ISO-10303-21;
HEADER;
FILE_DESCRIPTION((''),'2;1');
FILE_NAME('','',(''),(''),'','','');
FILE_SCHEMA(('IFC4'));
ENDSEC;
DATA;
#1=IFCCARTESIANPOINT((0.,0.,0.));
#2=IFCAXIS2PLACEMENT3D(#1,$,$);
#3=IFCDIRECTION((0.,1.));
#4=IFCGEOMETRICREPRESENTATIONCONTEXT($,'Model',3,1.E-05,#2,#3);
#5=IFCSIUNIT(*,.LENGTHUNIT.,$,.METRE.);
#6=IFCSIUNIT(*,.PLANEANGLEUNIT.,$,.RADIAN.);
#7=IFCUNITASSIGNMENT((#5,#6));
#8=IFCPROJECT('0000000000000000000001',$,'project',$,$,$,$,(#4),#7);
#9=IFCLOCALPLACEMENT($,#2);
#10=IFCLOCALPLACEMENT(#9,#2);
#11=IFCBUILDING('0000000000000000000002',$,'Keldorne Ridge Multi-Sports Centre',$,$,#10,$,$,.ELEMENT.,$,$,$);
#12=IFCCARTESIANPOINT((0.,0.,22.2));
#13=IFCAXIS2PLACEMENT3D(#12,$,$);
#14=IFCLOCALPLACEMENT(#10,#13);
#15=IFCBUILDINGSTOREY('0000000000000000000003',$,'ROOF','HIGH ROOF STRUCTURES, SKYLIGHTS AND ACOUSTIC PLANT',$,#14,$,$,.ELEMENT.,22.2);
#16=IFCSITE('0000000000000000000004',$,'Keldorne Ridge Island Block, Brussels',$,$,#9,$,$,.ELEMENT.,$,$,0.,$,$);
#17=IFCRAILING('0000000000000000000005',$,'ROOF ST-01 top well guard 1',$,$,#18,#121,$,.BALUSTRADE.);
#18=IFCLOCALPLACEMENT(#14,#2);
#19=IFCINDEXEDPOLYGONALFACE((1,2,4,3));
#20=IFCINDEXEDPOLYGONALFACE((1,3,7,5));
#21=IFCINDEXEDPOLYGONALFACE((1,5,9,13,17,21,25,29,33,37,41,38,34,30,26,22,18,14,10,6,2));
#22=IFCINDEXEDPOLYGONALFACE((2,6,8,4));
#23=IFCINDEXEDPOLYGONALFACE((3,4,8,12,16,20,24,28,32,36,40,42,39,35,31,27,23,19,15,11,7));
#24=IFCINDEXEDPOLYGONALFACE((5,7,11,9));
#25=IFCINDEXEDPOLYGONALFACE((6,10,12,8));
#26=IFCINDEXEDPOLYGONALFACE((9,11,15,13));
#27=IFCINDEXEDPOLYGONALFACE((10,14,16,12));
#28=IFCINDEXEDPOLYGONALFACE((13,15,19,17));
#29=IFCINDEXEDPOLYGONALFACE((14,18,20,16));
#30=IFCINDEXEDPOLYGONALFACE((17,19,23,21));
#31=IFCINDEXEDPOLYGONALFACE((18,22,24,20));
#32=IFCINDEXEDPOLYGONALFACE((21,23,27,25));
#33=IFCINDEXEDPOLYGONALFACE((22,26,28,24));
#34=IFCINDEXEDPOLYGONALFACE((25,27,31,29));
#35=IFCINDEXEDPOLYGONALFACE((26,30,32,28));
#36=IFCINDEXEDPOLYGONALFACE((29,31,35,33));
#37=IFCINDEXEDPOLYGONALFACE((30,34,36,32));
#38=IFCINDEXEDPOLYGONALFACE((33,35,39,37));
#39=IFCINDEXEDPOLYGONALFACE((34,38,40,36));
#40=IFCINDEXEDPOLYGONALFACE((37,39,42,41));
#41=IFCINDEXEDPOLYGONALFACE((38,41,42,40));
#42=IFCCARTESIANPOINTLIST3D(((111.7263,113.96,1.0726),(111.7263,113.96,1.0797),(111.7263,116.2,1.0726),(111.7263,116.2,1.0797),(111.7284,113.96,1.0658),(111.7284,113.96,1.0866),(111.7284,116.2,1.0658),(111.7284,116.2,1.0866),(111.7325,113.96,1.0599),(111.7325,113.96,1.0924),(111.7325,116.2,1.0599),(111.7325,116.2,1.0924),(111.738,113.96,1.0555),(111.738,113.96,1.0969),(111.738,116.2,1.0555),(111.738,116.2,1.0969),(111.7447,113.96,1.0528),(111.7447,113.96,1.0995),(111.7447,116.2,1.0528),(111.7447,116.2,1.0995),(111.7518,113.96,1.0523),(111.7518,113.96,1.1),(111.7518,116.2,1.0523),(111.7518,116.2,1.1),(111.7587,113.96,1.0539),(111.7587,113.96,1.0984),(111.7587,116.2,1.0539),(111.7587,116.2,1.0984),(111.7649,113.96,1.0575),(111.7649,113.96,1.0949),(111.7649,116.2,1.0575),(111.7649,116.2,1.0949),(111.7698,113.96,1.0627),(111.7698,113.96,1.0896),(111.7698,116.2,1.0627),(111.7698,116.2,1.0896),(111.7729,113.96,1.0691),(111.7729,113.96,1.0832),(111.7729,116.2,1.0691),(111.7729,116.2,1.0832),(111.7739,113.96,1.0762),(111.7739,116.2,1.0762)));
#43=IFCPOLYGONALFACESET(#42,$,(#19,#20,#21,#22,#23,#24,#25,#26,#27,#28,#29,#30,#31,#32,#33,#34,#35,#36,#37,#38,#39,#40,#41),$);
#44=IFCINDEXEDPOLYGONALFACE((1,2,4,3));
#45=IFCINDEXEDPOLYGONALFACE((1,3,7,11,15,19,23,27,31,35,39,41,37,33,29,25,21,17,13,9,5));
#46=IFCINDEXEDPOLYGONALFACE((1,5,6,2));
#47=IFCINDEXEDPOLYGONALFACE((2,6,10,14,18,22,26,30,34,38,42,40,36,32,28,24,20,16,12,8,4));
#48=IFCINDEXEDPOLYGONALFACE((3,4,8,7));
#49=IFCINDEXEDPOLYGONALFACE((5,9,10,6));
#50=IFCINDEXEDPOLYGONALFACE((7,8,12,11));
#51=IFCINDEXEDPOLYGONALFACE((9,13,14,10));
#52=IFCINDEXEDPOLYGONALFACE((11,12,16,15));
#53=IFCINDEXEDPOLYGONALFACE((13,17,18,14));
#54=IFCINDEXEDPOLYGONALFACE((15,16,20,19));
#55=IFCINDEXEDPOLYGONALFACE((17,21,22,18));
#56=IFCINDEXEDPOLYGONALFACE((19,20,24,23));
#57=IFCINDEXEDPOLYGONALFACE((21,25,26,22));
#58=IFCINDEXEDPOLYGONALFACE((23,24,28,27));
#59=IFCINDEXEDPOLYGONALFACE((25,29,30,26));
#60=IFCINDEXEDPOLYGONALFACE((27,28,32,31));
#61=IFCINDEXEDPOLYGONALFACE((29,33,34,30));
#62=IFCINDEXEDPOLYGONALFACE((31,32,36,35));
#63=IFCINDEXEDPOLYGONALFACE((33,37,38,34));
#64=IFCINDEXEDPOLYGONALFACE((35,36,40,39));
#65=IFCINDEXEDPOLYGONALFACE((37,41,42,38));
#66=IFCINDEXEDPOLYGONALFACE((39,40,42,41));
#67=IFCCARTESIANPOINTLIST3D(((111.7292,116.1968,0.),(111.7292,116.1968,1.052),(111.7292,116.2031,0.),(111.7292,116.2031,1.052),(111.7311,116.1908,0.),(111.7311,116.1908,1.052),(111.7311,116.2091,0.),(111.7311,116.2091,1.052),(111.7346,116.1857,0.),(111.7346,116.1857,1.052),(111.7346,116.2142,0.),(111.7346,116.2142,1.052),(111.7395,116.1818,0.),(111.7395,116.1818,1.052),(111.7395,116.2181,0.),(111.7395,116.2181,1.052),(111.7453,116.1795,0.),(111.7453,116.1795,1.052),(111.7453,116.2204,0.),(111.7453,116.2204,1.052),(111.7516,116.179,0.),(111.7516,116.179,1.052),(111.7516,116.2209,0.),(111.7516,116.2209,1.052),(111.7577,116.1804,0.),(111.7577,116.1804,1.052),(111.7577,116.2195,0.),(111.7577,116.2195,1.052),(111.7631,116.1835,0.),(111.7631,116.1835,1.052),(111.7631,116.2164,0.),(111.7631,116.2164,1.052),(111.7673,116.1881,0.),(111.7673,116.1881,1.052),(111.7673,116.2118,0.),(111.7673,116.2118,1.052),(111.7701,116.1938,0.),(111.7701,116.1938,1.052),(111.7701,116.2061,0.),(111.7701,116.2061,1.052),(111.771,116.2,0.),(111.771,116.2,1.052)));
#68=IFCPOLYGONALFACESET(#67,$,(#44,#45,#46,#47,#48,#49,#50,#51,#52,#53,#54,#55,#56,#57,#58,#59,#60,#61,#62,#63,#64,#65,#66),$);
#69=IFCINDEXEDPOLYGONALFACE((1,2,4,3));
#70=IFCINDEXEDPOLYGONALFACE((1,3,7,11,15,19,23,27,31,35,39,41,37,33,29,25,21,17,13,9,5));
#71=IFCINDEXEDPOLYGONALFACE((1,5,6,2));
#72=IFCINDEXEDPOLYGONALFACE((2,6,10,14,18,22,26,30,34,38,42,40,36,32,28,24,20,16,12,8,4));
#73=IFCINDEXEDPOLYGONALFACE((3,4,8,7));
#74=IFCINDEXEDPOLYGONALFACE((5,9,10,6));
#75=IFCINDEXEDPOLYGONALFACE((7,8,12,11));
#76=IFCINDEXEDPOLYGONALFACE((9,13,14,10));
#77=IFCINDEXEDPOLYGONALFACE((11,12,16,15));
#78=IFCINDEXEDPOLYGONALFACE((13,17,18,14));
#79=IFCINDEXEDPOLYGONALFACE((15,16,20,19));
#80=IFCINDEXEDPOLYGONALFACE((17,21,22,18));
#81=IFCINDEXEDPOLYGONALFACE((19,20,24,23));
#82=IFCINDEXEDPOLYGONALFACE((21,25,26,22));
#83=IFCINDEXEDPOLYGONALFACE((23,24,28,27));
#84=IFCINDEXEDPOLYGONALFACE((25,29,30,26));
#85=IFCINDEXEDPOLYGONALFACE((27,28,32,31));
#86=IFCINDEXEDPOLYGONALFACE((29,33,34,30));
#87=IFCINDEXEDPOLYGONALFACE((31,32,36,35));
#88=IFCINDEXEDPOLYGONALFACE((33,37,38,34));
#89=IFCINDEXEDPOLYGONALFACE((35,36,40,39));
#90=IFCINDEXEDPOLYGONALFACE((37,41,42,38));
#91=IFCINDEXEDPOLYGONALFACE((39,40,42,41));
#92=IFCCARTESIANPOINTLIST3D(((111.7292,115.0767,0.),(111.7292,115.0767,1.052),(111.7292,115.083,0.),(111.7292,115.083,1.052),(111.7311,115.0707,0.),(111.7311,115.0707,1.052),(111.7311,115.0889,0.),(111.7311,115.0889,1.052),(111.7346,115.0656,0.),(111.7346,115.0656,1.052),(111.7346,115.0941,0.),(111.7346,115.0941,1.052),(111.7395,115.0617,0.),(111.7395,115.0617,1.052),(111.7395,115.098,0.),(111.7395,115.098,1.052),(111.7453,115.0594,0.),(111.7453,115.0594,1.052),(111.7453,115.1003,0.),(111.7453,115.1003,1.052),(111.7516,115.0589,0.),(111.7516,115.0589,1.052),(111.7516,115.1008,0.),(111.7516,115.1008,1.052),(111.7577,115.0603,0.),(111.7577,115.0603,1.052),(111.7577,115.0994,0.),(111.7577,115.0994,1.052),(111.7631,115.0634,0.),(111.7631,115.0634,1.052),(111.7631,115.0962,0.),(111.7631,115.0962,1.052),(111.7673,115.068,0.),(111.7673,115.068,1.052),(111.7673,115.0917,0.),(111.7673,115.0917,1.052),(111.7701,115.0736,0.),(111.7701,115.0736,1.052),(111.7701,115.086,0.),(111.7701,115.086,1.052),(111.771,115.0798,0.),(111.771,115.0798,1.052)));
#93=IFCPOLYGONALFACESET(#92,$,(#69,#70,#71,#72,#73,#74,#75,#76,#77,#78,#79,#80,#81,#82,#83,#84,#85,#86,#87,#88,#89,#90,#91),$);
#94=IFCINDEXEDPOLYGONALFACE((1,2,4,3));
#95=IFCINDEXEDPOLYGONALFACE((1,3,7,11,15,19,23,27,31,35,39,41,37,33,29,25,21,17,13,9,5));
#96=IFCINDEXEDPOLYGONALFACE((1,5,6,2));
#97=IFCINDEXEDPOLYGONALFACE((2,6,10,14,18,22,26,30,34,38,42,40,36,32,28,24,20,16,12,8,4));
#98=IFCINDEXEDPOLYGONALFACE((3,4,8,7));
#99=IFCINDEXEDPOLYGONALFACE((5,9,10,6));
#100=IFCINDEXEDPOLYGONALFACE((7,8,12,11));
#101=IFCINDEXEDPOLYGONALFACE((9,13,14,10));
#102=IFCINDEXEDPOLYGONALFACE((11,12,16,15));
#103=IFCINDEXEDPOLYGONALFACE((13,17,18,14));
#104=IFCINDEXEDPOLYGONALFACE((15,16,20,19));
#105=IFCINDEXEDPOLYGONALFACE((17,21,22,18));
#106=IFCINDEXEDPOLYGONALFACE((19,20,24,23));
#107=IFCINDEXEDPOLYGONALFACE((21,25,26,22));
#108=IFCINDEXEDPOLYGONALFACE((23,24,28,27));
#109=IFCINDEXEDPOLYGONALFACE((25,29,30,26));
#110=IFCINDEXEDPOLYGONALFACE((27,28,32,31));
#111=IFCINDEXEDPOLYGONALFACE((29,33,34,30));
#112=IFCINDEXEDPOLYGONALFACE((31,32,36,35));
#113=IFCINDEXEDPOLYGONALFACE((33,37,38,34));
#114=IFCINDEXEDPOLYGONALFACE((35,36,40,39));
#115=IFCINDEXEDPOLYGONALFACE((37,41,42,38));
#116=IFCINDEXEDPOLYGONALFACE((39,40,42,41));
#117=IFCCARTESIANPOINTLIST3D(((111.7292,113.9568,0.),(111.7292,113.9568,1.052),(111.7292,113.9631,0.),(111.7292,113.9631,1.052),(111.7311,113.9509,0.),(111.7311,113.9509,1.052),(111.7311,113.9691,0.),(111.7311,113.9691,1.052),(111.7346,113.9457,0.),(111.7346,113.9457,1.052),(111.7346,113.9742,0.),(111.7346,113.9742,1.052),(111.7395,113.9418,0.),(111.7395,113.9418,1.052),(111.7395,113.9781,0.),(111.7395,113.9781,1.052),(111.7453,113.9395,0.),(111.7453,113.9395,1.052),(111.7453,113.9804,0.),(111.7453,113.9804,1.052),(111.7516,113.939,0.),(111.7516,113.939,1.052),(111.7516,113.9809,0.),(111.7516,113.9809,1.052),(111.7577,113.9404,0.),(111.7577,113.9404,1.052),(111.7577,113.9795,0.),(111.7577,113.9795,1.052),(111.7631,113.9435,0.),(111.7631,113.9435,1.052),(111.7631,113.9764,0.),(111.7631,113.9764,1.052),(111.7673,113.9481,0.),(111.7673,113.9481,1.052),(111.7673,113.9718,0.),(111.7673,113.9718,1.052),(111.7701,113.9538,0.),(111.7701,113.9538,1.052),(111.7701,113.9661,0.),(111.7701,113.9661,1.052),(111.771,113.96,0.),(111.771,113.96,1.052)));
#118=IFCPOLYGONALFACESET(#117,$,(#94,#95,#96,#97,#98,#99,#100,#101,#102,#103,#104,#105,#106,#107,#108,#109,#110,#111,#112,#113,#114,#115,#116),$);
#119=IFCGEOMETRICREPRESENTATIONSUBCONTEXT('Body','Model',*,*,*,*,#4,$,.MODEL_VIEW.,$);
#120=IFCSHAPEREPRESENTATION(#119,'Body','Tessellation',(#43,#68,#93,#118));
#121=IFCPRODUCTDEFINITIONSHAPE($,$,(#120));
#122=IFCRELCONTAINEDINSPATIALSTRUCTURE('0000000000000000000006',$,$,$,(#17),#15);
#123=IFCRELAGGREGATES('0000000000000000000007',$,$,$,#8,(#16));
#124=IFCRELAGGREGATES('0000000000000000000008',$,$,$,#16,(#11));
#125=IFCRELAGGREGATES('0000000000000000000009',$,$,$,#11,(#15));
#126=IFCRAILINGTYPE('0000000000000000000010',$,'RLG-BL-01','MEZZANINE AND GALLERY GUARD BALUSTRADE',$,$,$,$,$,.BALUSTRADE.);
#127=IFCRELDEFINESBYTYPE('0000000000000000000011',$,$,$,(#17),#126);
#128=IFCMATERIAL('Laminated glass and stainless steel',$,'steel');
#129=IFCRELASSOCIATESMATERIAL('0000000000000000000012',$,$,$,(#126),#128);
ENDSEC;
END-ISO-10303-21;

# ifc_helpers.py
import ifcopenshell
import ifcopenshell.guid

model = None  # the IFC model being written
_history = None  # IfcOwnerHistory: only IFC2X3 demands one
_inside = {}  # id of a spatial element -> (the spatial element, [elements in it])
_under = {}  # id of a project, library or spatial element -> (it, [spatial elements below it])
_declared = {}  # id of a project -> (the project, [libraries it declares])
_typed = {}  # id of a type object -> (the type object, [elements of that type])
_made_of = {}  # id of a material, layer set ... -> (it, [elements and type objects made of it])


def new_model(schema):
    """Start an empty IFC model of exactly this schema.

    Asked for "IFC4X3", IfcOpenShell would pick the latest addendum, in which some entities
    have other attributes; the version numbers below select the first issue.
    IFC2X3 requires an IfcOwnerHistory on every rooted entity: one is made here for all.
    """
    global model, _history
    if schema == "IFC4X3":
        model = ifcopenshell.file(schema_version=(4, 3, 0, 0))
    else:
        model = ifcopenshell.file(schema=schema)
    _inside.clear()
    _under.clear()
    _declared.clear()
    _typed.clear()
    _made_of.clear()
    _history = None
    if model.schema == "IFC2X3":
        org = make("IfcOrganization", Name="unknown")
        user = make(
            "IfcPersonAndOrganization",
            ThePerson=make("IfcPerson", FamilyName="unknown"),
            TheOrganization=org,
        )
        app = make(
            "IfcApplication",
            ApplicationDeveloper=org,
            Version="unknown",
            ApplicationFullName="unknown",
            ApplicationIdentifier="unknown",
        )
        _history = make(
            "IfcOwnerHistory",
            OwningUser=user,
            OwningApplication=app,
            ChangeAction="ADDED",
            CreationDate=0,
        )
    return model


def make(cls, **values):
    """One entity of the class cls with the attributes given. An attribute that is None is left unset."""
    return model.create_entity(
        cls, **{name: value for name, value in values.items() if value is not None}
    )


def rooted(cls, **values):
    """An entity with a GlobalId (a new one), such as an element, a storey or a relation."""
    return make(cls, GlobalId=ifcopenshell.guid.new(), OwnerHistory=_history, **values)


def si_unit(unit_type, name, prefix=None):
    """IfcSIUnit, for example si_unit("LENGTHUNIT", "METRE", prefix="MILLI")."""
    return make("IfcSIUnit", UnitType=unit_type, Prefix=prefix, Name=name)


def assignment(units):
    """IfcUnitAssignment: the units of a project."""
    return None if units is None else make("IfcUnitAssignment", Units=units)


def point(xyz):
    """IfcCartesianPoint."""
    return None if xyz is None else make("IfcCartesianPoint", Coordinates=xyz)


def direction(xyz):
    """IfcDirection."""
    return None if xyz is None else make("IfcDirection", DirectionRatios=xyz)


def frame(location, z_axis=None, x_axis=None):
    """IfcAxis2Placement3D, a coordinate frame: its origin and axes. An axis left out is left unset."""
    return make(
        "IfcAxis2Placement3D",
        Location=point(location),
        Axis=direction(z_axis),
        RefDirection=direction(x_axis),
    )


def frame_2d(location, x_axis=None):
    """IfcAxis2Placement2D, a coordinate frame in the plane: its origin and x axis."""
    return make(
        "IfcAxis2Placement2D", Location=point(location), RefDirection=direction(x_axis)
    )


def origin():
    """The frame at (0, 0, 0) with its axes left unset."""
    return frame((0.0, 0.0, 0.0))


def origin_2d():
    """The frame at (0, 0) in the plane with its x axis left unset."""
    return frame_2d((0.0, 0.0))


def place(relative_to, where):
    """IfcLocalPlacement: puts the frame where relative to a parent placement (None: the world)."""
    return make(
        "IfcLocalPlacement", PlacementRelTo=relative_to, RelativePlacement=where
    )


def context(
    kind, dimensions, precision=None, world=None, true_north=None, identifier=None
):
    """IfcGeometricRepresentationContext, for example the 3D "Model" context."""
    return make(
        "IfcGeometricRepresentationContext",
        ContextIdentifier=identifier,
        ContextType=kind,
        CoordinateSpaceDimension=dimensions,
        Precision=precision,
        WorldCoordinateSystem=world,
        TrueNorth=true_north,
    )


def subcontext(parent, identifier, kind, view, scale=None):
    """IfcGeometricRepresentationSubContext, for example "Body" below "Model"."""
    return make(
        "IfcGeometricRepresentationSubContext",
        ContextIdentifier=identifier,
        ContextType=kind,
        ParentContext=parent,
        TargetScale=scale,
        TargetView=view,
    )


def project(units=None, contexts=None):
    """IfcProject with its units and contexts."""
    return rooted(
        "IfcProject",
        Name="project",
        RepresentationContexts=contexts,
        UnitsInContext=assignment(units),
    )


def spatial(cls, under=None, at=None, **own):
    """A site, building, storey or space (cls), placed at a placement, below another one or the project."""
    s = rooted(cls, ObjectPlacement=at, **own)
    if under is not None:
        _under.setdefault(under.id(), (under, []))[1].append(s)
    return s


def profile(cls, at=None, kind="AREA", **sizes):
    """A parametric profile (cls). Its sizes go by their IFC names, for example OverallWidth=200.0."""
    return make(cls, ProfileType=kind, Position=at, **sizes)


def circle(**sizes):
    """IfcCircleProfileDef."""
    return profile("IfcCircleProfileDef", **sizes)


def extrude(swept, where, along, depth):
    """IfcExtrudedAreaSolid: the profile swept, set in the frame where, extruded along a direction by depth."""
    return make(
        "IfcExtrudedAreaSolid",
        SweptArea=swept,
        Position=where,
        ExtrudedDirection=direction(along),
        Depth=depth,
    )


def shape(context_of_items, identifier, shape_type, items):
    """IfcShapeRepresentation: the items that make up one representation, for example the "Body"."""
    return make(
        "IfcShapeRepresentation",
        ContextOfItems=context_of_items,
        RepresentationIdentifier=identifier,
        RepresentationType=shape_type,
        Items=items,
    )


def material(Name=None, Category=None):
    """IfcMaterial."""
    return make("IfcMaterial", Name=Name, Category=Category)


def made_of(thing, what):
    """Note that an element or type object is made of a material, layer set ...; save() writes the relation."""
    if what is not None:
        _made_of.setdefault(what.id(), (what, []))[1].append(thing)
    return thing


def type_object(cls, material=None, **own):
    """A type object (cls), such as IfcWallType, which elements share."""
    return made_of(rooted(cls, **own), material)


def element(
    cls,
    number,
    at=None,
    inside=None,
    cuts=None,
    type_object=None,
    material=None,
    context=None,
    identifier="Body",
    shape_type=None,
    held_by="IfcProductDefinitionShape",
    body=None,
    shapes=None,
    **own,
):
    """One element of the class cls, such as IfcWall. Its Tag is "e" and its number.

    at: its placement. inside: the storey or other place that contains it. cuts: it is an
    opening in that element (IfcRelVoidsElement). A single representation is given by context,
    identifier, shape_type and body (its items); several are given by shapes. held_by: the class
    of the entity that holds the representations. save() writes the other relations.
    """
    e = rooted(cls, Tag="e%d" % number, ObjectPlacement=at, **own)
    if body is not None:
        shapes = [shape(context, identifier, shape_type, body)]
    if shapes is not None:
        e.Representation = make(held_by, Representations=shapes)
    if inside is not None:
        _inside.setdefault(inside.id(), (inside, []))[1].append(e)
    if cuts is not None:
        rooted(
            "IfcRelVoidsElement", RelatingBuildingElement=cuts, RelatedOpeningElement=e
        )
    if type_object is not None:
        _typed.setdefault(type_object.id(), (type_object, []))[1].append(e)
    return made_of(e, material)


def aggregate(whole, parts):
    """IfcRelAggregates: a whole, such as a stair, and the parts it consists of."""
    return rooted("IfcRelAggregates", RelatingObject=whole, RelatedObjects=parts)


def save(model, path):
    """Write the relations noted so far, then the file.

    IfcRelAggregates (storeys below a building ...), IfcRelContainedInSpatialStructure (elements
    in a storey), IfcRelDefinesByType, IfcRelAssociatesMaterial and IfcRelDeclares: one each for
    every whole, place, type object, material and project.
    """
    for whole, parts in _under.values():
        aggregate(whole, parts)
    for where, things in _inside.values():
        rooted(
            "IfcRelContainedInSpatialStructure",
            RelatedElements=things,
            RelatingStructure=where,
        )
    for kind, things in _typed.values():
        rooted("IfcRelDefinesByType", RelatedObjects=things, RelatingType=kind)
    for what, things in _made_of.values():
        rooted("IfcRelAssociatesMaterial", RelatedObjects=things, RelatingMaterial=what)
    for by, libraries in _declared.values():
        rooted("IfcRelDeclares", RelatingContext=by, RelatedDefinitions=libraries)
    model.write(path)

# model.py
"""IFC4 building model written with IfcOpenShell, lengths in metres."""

from ifc_helpers import new_model, si_unit, direction, frame, origin, origin_2d, place, context, subcontext, project, spatial, circle, extrude, material, type_object, element, save


model = new_model("IFC4")

# Units and contexts
model_context = context("Model", 3, precision=1e-05, world=origin(), true_north=direction((0.0, 1.0)))
body_context = subcontext(model_context, "Body", "Model", "MODEL_VIEW")
ifc_project = project(units=[si_unit("LENGTHUNIT", "METRE"), si_unit("PLANEANGLEUNIT", "RADIAN")], contexts=[model_context])

# Site, building, storey
site_placement = place(None, origin())
site = spatial("IfcSite", under=ifc_project, at=site_placement, Name="Keldorne Ridge Island Block, Brussels", CompositionType="ELEMENT", RefElevation=0.0)
building_placement = place(site_placement, origin())
building = spatial("IfcBuilding", under=site, at=building_placement, Name="Keldorne Ridge Multi-Sports Centre", CompositionType="ELEMENT")
storey_placement = place(building_placement, frame((0.0, 0.0, 22.2)))
storey = spatial("IfcBuildingStorey", under=building, at=storey_placement, Name="ROOF", Description="HIGH ROOF STRUCTURES, SKYLIGHTS AND ACOUSTIC PLANT", CompositionType="ELEMENT", Elevation=22.2)

# Railing
ifc_material_1 = material(Name="Laminated glass and stainless steel", Category="steel")
railing_type = type_object("IfcRailingType", Name="RLG-BL-01", Description="MEZZANINE AND GALLERY GUARD BALUSTRADE", PredefinedType="BALUSTRADE", material=ifc_material_1)
railing_placement = place(storey_placement, frame((111.75, 116.2, 0.0)))
element("IfcRailing", 1, at=railing_placement, inside=storey, type_object=railing_type, Name="ROOF ST-01 top well guard 1", PredefinedType="BALUSTRADE", context=body_context, shape_type="SweptSolid", body=[
    extrude(circle(Radius=0.0239, at=origin_2d()), frame((0.0, 0.0, 1.0762), z_axis=(0.0, -1.0, 0.0), x_axis=(1.0, 0.0, 0.0)), (0.0, 0.0, 1.0), 2.24),
    extrude(circle(Radius=0.021, at=origin_2d()), origin(), (0.0, 0.0, 1.0), 1.052),
    extrude(circle(Radius=0.021, at=origin_2d()), frame((0.0, -1.1201, 0.0)), (0.0, 0.0, 1.0), 1.052),
    extrude(circle(Radius=0.021, at=origin_2d()), frame((0.0, -2.24, 0.0)), (0.0, 0.0, 1.0), 1.052),
])

save(model, "model.ifc")
